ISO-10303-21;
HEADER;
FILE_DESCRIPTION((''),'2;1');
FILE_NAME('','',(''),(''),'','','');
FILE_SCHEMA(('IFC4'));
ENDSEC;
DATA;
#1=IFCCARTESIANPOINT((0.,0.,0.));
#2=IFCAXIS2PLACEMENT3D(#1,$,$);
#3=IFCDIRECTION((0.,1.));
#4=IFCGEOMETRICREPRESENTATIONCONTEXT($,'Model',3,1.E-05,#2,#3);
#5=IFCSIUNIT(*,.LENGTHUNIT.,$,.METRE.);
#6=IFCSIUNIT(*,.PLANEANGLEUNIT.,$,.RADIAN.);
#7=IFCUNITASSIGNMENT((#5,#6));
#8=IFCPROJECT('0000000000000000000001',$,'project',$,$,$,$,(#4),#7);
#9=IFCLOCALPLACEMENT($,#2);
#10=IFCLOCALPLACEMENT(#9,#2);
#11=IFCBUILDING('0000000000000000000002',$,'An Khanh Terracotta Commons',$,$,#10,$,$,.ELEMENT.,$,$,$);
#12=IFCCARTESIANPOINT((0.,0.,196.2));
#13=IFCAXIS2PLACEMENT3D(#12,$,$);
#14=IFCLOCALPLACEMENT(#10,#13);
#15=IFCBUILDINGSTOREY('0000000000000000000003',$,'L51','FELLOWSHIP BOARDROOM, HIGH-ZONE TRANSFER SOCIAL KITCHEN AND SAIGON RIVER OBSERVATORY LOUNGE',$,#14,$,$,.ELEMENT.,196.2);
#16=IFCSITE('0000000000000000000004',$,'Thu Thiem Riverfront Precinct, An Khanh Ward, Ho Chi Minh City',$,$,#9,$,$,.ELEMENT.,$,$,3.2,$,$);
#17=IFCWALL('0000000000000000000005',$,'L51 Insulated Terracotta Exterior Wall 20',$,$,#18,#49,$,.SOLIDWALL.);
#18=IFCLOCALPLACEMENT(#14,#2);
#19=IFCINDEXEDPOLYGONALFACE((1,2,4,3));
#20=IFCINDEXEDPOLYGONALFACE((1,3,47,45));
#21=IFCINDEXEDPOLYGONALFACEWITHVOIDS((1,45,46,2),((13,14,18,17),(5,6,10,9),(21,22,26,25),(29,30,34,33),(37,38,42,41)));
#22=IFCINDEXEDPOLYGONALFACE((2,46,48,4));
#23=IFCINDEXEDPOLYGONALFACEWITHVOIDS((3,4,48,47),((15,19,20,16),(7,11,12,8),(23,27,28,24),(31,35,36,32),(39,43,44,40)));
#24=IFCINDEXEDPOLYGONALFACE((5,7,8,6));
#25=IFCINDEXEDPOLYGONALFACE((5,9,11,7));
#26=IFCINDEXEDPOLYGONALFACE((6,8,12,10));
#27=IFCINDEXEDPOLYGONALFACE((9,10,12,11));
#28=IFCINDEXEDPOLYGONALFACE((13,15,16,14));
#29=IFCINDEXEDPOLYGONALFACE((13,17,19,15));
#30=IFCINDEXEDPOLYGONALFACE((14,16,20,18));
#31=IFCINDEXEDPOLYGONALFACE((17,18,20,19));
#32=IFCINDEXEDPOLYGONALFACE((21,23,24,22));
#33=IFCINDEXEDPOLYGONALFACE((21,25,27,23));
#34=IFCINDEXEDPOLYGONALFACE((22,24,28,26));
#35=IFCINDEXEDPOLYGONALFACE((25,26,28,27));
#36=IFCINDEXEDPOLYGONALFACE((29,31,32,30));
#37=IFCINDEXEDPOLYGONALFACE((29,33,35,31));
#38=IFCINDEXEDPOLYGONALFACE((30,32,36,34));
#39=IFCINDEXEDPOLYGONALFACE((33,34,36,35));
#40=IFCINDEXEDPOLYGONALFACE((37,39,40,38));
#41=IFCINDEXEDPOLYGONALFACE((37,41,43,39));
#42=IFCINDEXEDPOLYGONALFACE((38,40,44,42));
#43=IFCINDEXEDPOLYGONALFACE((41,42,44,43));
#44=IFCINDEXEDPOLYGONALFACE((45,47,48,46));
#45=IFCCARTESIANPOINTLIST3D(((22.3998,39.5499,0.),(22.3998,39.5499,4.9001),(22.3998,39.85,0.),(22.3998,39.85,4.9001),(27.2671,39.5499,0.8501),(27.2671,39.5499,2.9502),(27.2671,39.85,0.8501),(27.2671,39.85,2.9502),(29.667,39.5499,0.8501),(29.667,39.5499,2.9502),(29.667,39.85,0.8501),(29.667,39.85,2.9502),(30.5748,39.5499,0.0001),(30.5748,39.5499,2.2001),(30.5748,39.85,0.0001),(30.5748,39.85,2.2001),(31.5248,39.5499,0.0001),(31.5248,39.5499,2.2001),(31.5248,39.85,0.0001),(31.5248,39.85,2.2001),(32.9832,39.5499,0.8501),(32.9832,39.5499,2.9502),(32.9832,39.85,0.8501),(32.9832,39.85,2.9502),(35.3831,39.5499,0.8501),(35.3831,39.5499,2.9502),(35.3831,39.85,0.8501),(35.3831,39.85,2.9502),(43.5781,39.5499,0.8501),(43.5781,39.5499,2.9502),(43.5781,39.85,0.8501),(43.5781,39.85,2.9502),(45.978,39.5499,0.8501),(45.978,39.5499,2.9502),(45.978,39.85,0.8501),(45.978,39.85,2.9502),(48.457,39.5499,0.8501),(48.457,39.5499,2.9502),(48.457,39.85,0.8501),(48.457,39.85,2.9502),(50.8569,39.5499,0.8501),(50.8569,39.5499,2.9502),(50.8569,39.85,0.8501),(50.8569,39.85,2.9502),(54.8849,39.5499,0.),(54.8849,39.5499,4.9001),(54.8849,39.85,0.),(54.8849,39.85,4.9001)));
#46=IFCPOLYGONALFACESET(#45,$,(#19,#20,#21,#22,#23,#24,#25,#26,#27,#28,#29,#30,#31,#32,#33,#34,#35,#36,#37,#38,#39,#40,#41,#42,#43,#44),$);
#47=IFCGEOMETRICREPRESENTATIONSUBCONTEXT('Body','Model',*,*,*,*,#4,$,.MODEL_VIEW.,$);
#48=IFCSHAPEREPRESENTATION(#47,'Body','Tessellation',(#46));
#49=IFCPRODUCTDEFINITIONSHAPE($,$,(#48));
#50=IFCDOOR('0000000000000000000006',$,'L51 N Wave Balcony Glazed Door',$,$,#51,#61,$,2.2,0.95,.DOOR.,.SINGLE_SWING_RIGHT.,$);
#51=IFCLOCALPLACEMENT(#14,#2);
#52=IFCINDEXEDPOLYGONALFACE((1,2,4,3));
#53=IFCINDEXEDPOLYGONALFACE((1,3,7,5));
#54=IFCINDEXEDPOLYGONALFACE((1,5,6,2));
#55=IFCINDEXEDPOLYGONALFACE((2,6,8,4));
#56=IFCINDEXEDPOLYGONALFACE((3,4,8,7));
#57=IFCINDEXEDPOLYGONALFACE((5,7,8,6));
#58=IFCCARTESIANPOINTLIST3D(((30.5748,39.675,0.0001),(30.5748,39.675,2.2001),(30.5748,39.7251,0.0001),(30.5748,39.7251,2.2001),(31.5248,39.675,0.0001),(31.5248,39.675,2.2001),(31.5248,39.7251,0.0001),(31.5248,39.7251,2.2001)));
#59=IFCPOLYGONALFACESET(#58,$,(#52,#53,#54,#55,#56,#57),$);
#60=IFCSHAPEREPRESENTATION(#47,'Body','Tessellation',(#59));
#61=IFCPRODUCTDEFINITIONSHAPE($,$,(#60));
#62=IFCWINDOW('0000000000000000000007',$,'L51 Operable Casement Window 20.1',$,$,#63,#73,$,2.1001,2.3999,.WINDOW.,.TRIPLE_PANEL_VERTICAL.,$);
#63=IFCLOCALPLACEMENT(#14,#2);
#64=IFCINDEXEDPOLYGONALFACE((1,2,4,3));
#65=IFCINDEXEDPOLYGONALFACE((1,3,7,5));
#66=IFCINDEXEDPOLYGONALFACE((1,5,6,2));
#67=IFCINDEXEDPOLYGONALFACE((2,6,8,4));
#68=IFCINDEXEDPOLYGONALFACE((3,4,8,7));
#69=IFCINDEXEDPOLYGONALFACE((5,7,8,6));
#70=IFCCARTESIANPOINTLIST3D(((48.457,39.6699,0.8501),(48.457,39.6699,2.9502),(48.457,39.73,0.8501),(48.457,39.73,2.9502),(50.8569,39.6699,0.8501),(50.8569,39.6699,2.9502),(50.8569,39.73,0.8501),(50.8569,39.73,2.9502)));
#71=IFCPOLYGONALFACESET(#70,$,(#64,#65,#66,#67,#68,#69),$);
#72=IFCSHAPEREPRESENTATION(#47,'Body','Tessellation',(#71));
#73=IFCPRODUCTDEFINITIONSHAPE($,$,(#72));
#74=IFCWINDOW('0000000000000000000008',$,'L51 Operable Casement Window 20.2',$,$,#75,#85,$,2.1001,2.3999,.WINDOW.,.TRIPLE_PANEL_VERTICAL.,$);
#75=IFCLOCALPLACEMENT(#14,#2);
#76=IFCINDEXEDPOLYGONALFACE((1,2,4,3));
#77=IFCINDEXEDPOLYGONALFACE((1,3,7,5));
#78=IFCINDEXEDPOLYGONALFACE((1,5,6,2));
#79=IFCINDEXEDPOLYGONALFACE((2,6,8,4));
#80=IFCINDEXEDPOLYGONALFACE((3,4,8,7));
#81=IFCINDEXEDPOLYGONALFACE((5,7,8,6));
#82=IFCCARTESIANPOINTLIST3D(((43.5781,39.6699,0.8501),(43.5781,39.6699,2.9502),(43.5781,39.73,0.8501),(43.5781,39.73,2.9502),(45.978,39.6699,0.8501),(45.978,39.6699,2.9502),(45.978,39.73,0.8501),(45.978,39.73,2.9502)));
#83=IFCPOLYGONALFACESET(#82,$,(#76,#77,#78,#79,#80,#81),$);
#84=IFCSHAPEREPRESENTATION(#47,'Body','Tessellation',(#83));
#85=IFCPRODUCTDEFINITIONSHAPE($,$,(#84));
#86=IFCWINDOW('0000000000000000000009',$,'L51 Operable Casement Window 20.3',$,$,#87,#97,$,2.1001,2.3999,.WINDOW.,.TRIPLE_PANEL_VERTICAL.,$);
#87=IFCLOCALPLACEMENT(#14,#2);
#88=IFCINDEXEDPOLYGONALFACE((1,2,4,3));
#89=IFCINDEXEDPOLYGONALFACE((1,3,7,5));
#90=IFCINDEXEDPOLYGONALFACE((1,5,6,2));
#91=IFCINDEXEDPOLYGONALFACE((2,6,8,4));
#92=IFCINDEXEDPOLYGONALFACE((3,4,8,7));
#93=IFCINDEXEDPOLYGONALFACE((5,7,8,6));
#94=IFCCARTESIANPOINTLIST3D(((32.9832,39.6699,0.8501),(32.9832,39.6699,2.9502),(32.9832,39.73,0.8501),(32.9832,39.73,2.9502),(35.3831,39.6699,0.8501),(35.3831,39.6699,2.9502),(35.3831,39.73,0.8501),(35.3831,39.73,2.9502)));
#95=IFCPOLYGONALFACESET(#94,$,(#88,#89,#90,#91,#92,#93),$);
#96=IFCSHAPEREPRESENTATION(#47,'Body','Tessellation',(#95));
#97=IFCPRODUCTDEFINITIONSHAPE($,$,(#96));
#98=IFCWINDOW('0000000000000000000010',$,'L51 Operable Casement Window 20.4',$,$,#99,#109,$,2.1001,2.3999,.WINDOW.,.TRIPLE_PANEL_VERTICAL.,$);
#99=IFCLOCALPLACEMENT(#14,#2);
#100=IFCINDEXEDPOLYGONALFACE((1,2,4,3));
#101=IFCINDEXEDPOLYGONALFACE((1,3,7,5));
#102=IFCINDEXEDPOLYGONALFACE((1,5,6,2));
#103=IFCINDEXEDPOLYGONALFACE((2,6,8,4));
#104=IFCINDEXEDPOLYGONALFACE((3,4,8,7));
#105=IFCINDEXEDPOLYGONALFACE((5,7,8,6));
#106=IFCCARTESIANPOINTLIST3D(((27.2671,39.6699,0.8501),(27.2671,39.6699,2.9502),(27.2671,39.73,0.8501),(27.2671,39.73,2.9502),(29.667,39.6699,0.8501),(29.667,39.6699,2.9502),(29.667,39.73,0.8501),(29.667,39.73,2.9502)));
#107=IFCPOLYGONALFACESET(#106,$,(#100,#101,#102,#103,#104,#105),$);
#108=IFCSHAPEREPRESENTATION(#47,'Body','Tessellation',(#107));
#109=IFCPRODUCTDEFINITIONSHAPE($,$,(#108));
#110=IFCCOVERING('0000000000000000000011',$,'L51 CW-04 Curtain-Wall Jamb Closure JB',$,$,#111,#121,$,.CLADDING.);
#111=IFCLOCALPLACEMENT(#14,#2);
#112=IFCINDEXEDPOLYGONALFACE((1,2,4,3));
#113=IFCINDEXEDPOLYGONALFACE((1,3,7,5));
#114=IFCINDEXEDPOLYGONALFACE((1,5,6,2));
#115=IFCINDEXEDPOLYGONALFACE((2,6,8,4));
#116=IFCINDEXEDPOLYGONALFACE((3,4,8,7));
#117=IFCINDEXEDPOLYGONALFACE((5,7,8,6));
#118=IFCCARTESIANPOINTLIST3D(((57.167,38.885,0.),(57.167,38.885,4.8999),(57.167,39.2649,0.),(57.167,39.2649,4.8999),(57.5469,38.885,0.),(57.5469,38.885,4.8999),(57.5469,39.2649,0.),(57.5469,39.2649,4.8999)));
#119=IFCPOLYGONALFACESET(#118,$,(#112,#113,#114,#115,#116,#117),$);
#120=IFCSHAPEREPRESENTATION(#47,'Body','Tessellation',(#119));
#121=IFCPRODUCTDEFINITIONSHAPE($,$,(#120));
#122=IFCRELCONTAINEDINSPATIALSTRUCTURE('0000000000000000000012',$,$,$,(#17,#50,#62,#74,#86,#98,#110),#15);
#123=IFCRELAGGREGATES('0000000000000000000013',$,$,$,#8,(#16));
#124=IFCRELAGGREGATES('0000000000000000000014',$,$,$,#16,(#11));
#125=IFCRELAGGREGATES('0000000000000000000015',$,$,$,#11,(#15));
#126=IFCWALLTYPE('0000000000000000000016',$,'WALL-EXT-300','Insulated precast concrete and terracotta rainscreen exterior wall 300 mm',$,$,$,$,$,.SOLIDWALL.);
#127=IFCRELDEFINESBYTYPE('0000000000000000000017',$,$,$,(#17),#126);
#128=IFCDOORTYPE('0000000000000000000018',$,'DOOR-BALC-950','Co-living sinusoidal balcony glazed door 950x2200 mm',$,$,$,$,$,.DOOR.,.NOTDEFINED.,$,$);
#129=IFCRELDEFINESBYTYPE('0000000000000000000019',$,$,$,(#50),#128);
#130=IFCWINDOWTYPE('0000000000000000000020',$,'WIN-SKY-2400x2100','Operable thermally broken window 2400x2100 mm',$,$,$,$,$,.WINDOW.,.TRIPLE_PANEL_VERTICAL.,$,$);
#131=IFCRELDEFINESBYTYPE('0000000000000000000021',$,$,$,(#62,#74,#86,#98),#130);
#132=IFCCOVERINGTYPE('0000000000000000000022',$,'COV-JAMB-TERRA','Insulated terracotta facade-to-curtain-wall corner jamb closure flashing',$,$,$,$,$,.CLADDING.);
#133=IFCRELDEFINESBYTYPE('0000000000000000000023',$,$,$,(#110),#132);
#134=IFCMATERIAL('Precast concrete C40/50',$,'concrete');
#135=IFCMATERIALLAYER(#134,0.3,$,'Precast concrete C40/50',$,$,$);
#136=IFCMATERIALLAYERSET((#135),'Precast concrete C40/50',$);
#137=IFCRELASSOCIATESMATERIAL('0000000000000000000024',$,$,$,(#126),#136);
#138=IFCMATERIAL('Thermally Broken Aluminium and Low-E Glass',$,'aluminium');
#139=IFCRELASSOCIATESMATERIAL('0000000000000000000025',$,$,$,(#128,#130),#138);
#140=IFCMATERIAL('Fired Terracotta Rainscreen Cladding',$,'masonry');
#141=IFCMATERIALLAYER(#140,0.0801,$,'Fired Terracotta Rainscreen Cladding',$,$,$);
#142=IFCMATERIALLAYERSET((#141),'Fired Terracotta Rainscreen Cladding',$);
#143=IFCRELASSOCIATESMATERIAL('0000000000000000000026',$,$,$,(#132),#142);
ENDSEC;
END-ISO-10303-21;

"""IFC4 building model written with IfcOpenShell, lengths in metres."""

from ifc_helpers import new_model, si_unit, direction, frame, frame_2d, origin, origin_2d, place, context, subcontext, project, spatial, rectangle, extrude, material, layer, layer_set, type_object, element, fill, save


model = new_model("IFC4")

# Units and contexts
model_context = context("Model", 3, precision=1e-05, world=origin(), true_north=direction((0.0, 1.0)))
body_context = subcontext(model_context, "Body", "Model", "MODEL_VIEW")
ifc_project = project(units=[si_unit("LENGTHUNIT", "METRE"), si_unit("PLANEANGLEUNIT", "RADIAN")], contexts=[model_context])

# Site, building, storey
site_placement = place(None, origin())
site = spatial("IfcSite", under=ifc_project, at=site_placement, Name="Thu Thiem Riverfront Precinct, An Khanh Ward, Ho Chi Minh City", CompositionType="ELEMENT", RefElevation=3.2)
building_placement = place(site_placement, origin())
building = spatial("IfcBuilding", under=site, at=building_placement, Name="An Khanh Terracotta Commons", CompositionType="ELEMENT")
storey_placement = place(building_placement, frame((0.0, 0.0, 196.2)))
storey = spatial("IfcBuildingStorey", under=building, at=storey_placement, Name="L51", Description="FELLOWSHIP BOARDROOM, HIGH-ZONE TRANSFER SOCIAL KITCHEN AND SAIGON RIVER OBSERVATORY LOUNGE", CompositionType="ELEMENT", Elevation=196.2)

# Shared definitions
ifc_material_1 = material(Name="Precast concrete C40/50", Category="concrete")
ifc_layer_1 = layer(ifc_material_1, 0.3, Name="Precast concrete C40/50")
ifc_layer_set_1 = layer_set([ifc_layer_1], Name="Precast concrete C40/50")
wall_type = type_object("IfcWallType", Name="WALL-EXT-300", Description="Insulated precast concrete and terracotta rainscreen exterior wall 300 mm", PredefinedType="SOLIDWALL", material=ifc_layer_set_1)

# Wall, openings, door, windows
wall_1_placement = place(storey_placement, frame((54.885, 39.7, 0.0), z_axis=(0.0, 0.0, 1.0), x_axis=(-1.0, 0.0, 0.0)))
wall_1 = element("IfcWall", 1, at=wall_1_placement, inside=storey, type_object=wall_type, Name="L51 Insulated Terracotta Exterior Wall 20", PredefinedType="SOLIDWALL", context=body_context, shape_type="SweptSolid", body=[
    extrude(rectangle(XDim=32.4851, YDim=0.3, at=frame_2d((16.2427, 0.0))), origin(), (0.0, 0.0, 1.0), 4.9001),
])
opening_1_placement = place(wall_1_placement, frame((23.3601, 0.0, 0.0)))
opening_1 = element("IfcOpeningElement", 2, at=opening_1_placement, cuts=wall_1, PredefinedType="OPENING", context=body_context, shape_type="SweptSolid", body=[
    extrude(rectangle(XDim=0.95, YDim=2.2, at=frame_2d((0.4751, 1.1001))), frame((0.0, 0.1599, 0.0), z_axis=(0.0, -1.0, 0.0), x_axis=(1.0, 0.0, 0.0)), (0.0, 0.0, 1.0), 0.3201),
])
opening_2_placement = place(wall_1_placement, frame((4.0281, 0.0, 0.8501)))
opening_2 = element("IfcOpeningElement", 3, at=opening_2_placement, cuts=wall_1, PredefinedType="OPENING", context=body_context, shape_type="SweptSolid", body=[
    extrude(rectangle(XDim=2.3999, YDim=2.1001, at=frame_2d((1.2, 1.05))), frame((0.0, 0.1599, 0.0), z_axis=(0.0, -1.0, 0.0), x_axis=(1.0, 0.0, 0.0)), (0.0, 0.0, 1.0), 0.3201),
])
opening_3_placement = place(wall_1_placement, frame((8.907, 0.0, 0.8501)))
opening_3 = element("IfcOpeningElement", 4, at=opening_3_placement, cuts=wall_1, PredefinedType="OPENING", context=body_context, shape_type="SweptSolid", body=[
    extrude(rectangle(XDim=2.3999, YDim=2.1001, at=frame_2d((1.2, 1.05))), frame((0.0, 0.1599, 0.0), z_axis=(0.0, -1.0, 0.0), x_axis=(1.0, 0.0, 0.0)), (0.0, 0.0, 1.0), 0.3201),
])
opening_4_placement = place(wall_1_placement, frame((19.502, 0.0, 0.8501)))
opening_4 = element("IfcOpeningElement", 5, at=opening_4_placement, cuts=wall_1, PredefinedType="OPENING", context=body_context, shape_type="SweptSolid", body=[
    extrude(rectangle(XDim=2.3999, YDim=2.1001, at=frame_2d((1.2, 1.05))), frame((0.0, 0.1599, 0.0), z_axis=(0.0, -1.0, 0.0), x_axis=(1.0, 0.0, 0.0)), (0.0, 0.0, 1.0), 0.3201),
])
opening_5_placement = place(wall_1_placement, frame((25.218, 0.0, 0.8501)))
opening_5 = element("IfcOpeningElement", 6, at=opening_5_placement, cuts=wall_1, PredefinedType="OPENING", context=body_context, shape_type="SweptSolid", body=[
    extrude(rectangle(XDim=2.3999, YDim=2.1001, at=frame_2d((1.2, 1.05))), frame((0.0, 0.1599, 0.0), z_axis=(0.0, -1.0, 0.0), x_axis=(1.0, 0.0, 0.0)), (0.0, 0.0, 1.0), 0.3201),
])
ifc_material_2 = material(Name="Thermally Broken Aluminium and Low-E Glass", Category="aluminium")
door_type = type_object("IfcDoorType", Name="DOOR-BALC-950", Description="Co-living sinusoidal balcony glazed door 950x2200 mm", OperationType="NOTDEFINED", PredefinedType="DOOR", material=ifc_material_2)
door_placement = place(opening_1_placement, origin())
door = element("IfcDoor", 7, at=door_placement, inside=storey, type_object=door_type, Name="L51 N Wave Balcony Glazed Door", OperationType="SINGLE_SWING_RIGHT", OverallHeight=2.2, OverallWidth=0.95, PredefinedType="DOOR", context=body_context, shape_type="SweptSolid", body=[
    extrude(rectangle(XDim=0.95, YDim=2.2, at=frame_2d((0.4751, 1.1001))), frame((0.0, 0.0249, 0.0), z_axis=(0.0, -1.0, 0.0), x_axis=(1.0, 0.0, 0.0)), (0.0, 0.0, 1.0), 0.05),
])
fill(opening_1, door)
window_type = type_object("IfcWindowType", Name="WIN-SKY-2400x2100", Description="Operable thermally broken window 2400x2100 mm", PartitioningType="TRIPLE_PANEL_VERTICAL", PredefinedType="WINDOW", material=ifc_material_2)
window_1_placement = place(opening_2_placement, origin())
window_1 = element("IfcWindow", 8, at=window_1_placement, inside=storey, type_object=window_type, Name="L51 Operable Casement Window 20.1", OverallHeight=2.1001, OverallWidth=2.3999, PartitioningType="TRIPLE_PANEL_VERTICAL", PredefinedType="WINDOW", context=body_context, shape_type="SweptSolid", body=[
    extrude(rectangle(XDim=2.3999, YDim=2.1001, at=frame_2d((1.2, 1.05))), frame((0.0, 0.03, 0.0), z_axis=(0.0, -1.0, 0.0), x_axis=(1.0, 0.0, 0.0)), (0.0, 0.0, 1.0), 0.0601),
])
fill(opening_2, window_1)
window_2_placement = place(opening_3_placement, origin())
window_2 = element("IfcWindow", 9, at=window_2_placement, inside=storey, type_object=window_type, Name="L51 Operable Casement Window 20.2", OverallHeight=2.1001, OverallWidth=2.3999, PartitioningType="TRIPLE_PANEL_VERTICAL", PredefinedType="WINDOW", context=body_context, shape_type="SweptSolid", body=[
    extrude(rectangle(XDim=2.3999, YDim=2.1001, at=frame_2d((1.2, 1.05))), frame((0.0, 0.03, 0.0), z_axis=(0.0, -1.0, 0.0), x_axis=(1.0, 0.0, 0.0)), (0.0, 0.0, 1.0), 0.0601),
])
fill(opening_3, window_2)
window_3_placement = place(opening_4_placement, origin())
window_3 = element("IfcWindow", 10, at=window_3_placement, inside=storey, type_object=window_type, Name="L51 Operable Casement Window 20.3", OverallHeight=2.1001, OverallWidth=2.3999, PartitioningType="TRIPLE_PANEL_VERTICAL", PredefinedType="WINDOW", context=body_context, shape_type="SweptSolid", body=[
    extrude(rectangle(XDim=2.3999, YDim=2.1001, at=frame_2d((1.2, 1.05))), frame((0.0, 0.03, 0.0), z_axis=(0.0, -1.0, 0.0), x_axis=(1.0, 0.0, 0.0)), (0.0, 0.0, 1.0), 0.0601),
])
fill(opening_4, window_3)
window_4_placement = place(opening_5_placement, origin())
window_4 = element("IfcWindow", 11, at=window_4_placement, inside=storey, type_object=window_type, Name="L51 Operable Casement Window 20.4", OverallHeight=2.1001, OverallWidth=2.3999, PartitioningType="TRIPLE_PANEL_VERTICAL", PredefinedType="WINDOW", context=body_context, shape_type="SweptSolid", body=[
    extrude(rectangle(XDim=2.3999, YDim=2.1001, at=frame_2d((1.2, 1.05))), frame((0.0, 0.03, 0.0), z_axis=(0.0, -1.0, 0.0), x_axis=(1.0, 0.0, 0.0)), (0.0, 0.0, 1.0), 0.0601),
])
fill(opening_5, window_4)

# Covering
ifc_material_3 = material(Name="Fired Terracotta Rainscreen Cladding", Category="masonry")
ifc_layer_2 = layer(ifc_material_3, 0.0801, Name="Fired Terracotta Rainscreen Cladding")
ifc_layer_set_2 = layer_set([ifc_layer_2], Name="Fired Terracotta Rainscreen Cladding")
covering_type = type_object("IfcCoveringType", Name="COV-JAMB-TERRA", Description="Insulated terracotta facade-to-curtain-wall corner jamb closure flashing", PredefinedType="CLADDING", material=ifc_layer_set_2)
covering_placement = place(storey_placement, frame((57.3569, 39.075, 0.0), z_axis=(0.0, 0.0, 1.0), x_axis=(1.0, 0.0, 0.0)))
element("IfcCovering", 12, at=covering_placement, inside=storey, type_object=covering_type, Name="L51 CW-04 Curtain-Wall Jamb Closure JB", PredefinedType="CLADDING", context=body_context, shape_type="SweptSolid", body=[
    extrude(rectangle(XDim=0.3799, YDim=0.3799, at=origin_2d()), origin(), (0.0, 0.0, 1.0), 4.8999),
])

save(model, "model.ifc")
